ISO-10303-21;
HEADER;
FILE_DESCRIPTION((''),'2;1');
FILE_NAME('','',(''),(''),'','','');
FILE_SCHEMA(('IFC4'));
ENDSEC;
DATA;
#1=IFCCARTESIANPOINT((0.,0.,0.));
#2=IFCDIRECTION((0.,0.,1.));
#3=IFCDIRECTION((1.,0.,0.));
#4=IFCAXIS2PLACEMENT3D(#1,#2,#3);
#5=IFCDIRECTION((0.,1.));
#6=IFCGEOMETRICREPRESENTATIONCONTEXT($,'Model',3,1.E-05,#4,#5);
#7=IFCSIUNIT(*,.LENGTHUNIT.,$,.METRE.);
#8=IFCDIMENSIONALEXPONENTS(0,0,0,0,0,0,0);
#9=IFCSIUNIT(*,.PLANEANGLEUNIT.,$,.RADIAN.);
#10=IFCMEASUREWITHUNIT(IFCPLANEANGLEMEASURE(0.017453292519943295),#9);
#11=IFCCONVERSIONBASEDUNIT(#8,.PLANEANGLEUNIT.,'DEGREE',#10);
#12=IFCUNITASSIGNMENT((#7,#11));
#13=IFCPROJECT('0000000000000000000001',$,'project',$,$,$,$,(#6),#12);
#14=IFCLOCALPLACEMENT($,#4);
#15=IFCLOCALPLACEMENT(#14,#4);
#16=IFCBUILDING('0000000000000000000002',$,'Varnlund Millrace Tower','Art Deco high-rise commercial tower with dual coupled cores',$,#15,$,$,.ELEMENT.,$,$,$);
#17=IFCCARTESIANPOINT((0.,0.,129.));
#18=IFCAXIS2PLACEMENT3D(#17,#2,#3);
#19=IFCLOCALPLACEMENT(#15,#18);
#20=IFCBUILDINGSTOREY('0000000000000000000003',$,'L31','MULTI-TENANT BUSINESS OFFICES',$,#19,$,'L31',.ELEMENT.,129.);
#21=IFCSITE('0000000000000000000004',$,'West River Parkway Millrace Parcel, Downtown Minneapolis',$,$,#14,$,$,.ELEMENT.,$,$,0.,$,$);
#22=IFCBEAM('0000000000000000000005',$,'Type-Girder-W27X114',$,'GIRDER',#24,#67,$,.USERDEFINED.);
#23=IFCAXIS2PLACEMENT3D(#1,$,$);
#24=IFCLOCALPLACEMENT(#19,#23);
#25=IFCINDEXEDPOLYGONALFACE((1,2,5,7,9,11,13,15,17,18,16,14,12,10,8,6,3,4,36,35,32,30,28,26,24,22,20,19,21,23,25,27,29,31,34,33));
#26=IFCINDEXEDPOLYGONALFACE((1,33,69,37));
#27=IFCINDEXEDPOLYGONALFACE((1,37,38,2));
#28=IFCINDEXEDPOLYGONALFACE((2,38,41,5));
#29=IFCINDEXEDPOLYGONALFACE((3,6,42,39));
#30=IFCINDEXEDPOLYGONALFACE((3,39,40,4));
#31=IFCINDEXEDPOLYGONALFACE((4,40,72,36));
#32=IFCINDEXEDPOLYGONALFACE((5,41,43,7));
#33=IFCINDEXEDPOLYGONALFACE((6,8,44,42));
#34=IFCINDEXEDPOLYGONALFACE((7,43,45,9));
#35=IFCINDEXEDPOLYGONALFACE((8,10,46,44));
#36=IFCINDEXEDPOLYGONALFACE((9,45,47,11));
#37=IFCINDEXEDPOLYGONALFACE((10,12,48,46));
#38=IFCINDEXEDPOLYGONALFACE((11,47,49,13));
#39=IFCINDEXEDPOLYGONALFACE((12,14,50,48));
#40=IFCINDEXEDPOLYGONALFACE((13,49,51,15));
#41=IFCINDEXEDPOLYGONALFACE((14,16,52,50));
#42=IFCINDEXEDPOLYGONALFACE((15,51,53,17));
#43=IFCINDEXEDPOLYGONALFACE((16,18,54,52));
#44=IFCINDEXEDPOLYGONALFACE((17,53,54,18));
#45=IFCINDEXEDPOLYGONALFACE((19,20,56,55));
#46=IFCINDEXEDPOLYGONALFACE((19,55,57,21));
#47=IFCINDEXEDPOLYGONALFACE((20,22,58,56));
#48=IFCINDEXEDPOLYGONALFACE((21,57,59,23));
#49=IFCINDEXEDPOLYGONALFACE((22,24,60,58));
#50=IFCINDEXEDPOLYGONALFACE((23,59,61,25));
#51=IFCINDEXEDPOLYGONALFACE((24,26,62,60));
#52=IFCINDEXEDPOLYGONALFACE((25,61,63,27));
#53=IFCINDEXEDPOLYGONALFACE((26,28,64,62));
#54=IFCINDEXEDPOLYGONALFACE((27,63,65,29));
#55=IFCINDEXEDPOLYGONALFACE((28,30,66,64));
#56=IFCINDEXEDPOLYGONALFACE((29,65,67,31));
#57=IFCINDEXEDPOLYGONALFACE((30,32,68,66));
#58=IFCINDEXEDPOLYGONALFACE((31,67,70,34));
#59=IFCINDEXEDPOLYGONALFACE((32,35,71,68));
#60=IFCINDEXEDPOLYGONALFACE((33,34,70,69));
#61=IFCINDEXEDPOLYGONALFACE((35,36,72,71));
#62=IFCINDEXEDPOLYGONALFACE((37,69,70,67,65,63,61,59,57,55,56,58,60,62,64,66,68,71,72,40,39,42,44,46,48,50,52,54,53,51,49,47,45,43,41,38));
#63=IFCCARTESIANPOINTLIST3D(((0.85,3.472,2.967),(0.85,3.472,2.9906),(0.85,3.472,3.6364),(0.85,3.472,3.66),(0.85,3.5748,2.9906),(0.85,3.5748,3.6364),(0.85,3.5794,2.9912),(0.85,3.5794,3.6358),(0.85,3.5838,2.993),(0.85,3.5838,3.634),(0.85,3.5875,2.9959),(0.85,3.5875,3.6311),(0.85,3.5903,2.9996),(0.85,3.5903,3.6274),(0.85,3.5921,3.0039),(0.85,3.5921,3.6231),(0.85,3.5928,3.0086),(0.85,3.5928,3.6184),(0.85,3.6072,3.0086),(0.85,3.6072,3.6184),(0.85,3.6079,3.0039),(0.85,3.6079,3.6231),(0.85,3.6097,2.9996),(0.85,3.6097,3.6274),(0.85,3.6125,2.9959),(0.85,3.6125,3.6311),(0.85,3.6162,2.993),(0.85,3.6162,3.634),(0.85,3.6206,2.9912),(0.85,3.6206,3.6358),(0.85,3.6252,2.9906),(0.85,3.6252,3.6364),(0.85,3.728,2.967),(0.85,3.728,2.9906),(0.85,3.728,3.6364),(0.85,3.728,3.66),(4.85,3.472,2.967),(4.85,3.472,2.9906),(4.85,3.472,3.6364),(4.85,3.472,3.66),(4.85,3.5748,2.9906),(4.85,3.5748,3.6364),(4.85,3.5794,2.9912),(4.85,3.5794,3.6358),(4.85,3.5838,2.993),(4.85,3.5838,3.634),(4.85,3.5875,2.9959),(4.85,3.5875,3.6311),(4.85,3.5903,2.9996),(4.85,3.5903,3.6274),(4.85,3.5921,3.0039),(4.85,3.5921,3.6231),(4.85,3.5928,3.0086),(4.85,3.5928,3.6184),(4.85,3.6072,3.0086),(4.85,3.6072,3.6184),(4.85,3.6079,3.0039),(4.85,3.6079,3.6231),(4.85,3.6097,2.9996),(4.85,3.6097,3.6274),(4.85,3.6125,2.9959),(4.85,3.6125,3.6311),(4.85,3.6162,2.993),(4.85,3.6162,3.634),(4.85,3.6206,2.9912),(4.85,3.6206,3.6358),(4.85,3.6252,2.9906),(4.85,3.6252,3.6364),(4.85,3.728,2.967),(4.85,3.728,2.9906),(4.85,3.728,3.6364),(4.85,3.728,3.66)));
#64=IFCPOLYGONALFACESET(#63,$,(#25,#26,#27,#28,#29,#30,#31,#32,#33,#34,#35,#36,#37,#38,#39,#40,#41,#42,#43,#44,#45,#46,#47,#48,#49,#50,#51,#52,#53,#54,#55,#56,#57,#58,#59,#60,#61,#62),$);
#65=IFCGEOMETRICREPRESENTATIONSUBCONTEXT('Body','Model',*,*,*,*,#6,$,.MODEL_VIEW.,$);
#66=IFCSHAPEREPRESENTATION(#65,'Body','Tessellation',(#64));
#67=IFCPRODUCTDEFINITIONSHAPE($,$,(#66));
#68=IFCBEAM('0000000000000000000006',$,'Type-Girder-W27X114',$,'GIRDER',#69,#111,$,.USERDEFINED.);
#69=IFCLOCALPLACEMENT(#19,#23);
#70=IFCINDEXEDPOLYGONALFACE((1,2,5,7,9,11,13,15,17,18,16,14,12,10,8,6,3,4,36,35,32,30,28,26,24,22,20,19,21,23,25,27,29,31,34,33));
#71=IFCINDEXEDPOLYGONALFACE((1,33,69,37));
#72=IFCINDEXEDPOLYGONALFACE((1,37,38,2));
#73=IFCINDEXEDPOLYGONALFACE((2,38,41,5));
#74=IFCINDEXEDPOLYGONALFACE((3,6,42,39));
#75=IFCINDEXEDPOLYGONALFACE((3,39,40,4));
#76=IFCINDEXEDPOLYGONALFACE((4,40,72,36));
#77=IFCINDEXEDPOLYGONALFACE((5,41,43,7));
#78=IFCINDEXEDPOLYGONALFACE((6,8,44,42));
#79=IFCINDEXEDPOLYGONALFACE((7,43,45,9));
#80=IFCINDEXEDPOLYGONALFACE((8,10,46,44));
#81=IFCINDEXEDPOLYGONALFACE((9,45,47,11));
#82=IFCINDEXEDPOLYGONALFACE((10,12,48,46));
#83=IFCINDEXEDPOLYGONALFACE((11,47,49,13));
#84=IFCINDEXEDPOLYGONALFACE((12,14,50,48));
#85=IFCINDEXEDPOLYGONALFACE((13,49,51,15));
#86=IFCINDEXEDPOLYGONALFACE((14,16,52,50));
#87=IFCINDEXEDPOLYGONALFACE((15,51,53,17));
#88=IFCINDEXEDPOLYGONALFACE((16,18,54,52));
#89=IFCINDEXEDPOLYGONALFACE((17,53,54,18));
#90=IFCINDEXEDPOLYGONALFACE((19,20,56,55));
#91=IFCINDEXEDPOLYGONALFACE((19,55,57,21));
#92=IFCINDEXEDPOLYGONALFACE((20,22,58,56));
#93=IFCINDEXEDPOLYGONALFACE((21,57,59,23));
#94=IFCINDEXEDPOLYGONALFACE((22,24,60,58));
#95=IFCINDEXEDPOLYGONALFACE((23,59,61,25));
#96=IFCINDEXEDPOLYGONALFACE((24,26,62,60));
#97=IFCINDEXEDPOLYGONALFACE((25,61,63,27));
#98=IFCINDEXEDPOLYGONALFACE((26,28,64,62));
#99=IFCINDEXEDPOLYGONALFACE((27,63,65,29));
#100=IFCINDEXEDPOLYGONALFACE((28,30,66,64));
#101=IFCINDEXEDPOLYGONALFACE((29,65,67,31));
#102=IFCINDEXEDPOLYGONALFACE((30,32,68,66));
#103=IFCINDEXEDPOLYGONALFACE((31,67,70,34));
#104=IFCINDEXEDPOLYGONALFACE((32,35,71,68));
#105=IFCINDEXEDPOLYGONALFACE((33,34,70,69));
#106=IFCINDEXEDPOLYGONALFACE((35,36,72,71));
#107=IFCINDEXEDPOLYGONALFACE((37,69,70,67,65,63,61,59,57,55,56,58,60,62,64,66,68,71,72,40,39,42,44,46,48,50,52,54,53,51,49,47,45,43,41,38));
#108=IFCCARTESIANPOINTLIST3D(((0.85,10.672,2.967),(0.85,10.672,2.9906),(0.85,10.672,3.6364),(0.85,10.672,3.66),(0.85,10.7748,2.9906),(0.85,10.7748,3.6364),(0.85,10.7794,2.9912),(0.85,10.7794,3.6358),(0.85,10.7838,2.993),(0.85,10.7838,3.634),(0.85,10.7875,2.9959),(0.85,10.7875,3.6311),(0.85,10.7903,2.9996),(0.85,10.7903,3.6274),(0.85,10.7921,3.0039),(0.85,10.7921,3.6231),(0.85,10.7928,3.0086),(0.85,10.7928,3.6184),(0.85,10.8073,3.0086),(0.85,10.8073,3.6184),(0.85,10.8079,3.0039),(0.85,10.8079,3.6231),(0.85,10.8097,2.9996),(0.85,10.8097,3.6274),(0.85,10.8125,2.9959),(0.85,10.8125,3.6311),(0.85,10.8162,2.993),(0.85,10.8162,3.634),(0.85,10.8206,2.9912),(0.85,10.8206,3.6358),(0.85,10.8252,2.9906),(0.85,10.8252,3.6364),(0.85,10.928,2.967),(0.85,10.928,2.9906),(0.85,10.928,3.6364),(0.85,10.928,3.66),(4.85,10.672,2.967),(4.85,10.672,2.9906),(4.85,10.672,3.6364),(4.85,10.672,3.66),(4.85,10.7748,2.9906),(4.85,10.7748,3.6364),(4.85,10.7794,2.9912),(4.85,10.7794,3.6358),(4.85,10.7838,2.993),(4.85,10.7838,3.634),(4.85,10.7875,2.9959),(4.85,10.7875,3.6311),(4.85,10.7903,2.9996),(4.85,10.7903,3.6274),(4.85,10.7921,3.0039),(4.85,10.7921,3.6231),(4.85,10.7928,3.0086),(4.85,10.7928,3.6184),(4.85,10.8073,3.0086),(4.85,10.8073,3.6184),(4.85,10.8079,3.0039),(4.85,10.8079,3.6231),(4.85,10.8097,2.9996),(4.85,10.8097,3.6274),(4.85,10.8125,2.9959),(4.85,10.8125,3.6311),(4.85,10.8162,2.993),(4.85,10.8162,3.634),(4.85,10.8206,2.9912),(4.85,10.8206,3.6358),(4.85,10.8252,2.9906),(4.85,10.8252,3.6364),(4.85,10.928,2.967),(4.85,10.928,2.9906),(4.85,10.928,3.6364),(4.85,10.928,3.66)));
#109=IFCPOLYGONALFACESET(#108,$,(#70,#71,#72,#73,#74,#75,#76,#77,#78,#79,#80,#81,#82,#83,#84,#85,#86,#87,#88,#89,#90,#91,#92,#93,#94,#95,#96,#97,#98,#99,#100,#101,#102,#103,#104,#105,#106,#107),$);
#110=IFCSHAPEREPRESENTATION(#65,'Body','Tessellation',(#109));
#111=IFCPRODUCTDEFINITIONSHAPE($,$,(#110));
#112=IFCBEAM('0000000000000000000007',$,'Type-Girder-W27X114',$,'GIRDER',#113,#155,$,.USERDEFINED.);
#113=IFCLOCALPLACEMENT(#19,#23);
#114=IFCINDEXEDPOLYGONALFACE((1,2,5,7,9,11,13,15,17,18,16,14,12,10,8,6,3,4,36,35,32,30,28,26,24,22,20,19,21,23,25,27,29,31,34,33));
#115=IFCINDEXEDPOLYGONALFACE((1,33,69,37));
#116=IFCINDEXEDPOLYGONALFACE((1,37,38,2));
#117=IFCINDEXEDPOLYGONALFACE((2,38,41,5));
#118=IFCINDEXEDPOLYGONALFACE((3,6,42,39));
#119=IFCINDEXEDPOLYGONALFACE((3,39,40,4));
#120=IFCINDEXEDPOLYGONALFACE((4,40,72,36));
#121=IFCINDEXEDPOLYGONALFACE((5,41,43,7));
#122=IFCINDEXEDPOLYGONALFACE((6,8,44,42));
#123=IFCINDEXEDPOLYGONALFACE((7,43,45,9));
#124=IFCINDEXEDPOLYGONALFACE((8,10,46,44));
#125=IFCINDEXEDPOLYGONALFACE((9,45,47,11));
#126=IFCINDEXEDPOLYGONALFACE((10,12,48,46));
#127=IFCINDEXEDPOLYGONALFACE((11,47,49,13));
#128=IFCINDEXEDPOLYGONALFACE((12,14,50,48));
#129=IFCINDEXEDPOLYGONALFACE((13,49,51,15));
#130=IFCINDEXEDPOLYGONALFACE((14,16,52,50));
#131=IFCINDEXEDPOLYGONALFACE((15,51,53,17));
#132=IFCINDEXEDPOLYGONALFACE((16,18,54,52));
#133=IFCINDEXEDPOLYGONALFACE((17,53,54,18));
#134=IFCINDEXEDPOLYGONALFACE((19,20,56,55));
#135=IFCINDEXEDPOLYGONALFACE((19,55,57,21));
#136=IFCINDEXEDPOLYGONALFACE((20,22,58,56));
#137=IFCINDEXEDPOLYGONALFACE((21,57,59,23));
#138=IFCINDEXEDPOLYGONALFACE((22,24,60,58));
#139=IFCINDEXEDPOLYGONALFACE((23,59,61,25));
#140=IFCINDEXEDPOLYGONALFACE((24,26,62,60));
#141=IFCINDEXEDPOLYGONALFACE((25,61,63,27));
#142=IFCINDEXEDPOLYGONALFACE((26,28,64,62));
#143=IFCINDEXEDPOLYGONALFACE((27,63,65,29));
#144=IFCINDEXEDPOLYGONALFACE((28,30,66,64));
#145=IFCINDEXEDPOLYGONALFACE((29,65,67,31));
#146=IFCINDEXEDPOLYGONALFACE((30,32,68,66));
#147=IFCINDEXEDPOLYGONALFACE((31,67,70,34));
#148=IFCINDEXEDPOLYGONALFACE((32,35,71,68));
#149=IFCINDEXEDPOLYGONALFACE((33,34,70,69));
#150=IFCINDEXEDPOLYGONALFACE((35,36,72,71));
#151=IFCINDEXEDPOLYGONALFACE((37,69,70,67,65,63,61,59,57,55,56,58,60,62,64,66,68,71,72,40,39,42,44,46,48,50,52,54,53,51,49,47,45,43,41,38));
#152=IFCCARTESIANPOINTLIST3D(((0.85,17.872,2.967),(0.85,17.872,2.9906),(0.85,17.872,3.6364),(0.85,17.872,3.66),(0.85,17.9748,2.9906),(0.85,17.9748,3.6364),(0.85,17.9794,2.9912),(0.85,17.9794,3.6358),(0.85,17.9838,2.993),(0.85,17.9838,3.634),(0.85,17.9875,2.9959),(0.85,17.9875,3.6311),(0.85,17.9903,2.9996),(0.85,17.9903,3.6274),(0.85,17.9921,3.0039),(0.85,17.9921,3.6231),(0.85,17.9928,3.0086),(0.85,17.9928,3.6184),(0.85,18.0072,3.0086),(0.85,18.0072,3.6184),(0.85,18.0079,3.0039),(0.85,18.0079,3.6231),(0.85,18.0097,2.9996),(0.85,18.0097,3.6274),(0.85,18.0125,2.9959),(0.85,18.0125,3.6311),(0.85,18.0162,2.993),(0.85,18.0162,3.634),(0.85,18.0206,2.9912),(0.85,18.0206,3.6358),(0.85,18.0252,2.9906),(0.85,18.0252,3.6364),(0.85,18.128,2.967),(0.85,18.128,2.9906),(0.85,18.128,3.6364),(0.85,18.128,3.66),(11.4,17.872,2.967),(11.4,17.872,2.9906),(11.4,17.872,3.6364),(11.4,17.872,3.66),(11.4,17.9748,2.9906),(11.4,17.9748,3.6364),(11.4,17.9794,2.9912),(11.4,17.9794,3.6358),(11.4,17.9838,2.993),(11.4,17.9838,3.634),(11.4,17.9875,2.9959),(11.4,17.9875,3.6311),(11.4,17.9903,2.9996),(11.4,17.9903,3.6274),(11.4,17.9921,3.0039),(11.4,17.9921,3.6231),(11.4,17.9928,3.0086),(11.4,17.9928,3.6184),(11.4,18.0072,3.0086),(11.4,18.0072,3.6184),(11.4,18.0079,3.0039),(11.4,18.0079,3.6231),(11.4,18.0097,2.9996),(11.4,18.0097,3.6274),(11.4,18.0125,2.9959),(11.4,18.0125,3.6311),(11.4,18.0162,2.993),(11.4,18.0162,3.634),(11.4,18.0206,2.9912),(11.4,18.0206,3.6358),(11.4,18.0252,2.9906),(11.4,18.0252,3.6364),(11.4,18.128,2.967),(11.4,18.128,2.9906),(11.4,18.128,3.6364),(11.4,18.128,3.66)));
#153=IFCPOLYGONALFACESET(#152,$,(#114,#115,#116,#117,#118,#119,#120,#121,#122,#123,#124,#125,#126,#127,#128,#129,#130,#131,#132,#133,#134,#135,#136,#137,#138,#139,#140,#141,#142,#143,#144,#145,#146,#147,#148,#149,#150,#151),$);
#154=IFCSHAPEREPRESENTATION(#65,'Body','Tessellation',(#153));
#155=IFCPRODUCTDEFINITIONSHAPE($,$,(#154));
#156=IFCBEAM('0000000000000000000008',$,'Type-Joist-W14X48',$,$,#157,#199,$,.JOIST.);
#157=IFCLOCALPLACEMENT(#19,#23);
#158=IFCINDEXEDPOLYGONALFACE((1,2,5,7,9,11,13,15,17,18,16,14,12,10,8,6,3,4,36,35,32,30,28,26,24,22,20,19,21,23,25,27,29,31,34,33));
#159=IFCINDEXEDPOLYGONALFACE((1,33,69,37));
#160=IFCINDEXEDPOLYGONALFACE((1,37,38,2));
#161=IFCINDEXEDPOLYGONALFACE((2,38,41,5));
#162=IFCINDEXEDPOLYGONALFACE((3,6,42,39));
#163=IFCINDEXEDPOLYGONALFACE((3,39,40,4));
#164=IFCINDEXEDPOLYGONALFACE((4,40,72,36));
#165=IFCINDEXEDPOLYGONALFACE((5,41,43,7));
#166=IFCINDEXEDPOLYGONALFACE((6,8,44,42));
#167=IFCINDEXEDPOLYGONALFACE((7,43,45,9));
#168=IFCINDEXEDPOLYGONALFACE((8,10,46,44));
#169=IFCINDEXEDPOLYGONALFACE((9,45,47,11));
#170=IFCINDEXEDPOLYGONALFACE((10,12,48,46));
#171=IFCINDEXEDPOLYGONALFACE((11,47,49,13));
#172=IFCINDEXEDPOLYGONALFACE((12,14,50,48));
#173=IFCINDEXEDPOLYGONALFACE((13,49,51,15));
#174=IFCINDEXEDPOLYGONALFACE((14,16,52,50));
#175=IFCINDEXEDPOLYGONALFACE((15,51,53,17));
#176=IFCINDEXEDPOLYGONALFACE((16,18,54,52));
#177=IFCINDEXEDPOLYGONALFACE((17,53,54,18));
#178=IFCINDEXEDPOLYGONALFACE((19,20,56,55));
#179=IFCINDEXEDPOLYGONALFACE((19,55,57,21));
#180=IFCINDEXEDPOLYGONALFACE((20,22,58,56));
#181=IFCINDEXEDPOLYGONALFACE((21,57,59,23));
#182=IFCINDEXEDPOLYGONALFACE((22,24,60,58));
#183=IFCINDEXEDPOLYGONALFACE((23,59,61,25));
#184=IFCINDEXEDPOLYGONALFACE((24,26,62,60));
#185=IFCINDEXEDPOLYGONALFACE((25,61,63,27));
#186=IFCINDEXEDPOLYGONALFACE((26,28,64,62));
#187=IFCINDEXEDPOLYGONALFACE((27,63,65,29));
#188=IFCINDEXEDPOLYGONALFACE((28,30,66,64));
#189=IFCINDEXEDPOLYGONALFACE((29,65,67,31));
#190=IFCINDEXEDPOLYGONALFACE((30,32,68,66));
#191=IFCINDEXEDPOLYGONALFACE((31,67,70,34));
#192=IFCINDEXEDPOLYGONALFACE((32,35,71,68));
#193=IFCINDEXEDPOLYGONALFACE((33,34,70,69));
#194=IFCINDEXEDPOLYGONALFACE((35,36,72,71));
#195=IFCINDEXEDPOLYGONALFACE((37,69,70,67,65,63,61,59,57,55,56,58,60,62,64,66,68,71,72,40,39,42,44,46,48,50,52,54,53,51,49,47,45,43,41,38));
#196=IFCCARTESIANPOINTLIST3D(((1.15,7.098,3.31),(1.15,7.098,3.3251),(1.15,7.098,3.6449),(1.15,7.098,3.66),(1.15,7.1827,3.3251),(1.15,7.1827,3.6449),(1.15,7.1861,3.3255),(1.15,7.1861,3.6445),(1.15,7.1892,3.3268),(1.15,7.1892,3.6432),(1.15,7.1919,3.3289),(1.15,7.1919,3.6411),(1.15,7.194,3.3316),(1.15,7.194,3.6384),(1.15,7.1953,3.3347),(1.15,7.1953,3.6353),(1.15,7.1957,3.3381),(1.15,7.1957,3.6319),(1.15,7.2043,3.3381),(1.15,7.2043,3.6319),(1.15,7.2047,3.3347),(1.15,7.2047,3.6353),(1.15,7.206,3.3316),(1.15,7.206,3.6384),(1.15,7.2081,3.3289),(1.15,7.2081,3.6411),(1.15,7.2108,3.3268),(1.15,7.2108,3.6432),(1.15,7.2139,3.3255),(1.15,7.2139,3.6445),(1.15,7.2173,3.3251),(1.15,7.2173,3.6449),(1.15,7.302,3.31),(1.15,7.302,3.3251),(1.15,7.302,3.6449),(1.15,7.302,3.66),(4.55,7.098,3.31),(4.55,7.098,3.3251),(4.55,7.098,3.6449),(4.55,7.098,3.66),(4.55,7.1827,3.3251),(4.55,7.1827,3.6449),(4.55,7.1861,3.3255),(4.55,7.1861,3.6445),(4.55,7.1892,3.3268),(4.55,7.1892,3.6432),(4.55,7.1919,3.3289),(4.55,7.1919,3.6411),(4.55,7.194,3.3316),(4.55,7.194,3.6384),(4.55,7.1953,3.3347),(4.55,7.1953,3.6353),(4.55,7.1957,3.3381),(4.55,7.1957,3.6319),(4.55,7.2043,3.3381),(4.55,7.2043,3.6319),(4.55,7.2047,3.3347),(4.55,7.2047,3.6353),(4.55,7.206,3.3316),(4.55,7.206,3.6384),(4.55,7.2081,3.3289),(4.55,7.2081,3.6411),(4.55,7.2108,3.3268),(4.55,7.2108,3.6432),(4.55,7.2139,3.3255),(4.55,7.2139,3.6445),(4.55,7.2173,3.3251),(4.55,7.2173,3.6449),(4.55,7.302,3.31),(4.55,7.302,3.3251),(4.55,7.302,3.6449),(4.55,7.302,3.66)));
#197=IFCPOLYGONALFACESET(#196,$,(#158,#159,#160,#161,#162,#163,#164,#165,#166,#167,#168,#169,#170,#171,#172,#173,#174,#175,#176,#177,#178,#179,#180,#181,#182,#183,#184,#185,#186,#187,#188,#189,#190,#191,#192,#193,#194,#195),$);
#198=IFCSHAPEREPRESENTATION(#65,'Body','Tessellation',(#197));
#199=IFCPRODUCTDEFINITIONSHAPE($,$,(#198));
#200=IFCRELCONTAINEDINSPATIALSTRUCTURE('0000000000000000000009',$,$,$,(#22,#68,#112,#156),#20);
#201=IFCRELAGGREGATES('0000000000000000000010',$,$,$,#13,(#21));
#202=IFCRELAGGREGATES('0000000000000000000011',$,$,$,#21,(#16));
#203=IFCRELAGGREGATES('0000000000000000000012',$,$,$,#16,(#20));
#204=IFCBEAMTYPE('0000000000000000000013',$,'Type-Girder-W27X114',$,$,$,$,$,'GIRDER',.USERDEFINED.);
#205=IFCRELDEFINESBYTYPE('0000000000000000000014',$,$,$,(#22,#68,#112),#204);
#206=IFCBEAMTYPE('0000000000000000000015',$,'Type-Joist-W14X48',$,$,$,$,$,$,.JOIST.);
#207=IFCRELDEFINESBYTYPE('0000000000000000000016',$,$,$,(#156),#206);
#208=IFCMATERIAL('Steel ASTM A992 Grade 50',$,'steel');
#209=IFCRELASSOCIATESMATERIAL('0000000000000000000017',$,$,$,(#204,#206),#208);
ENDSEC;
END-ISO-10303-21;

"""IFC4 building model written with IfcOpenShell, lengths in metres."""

from ifc_helpers import new_model, entity, si_unit, converted_unit, direction, frame, origin_with_axes, origin_2d_with_axis, place, context, subcontext, project, spatial, i_section, extrude, material, material_profile, profile_set, type_object, element, save


model = new_model("IFC4")

# Units and contexts
model_context = context("Model", 3, precision=1e-05, world=origin_with_axes(), true_north=direction((0.0, 1.0)))
body_context = subcontext(model_context, "Body", "Model", "MODEL_VIEW")
ifc_project = project(units=[si_unit("LENGTHUNIT", "METRE"), converted_unit("PLANEANGLEUNIT", "DEGREE", entity("IfcPlaneAngleMeasure", 0.017453292519943295), si_unit("PLANEANGLEUNIT", "RADIAN"), dimensions=[0, 0, 0, 0, 0, 0, 0])], contexts=[model_context])

# Site, building, storey
site_placement = place(None, origin_with_axes())
site = spatial("IfcSite", under=ifc_project, at=site_placement, Name="West River Parkway Millrace Parcel, Downtown Minneapolis", CompositionType="ELEMENT", RefElevation=0.0)
building_placement = place(site_placement, origin_with_axes())
building = spatial("IfcBuilding", under=site, at=building_placement, Name="Varnlund Millrace Tower", Description="Art Deco high-rise commercial tower with dual coupled cores", CompositionType="ELEMENT")
storey_placement = place(building_placement, frame((0.0, 0.0, 129.0), z_axis=(0.0, 0.0, 1.0), x_axis=(1.0, 0.0, 0.0)))
storey = spatial("IfcBuildingStorey", under=building, at=storey_placement, Name="L31", Description="MULTI-TENANT BUSINESS OFFICES", LongName="L31", CompositionType="ELEMENT", Elevation=129.0)

# Beams
ifc_material_1 = material(Name="Steel ASTM A992 Grade 50", Category="steel")
ifc_material_profile_1 = material_profile(ifc_material_1, i_section(OverallWidth=0.256, OverallDepth=0.693, WebThickness=0.0145, FlangeThickness=0.0236, FilletRadius=0.018, at=origin_2d_with_axis()), Name="Steel ASTM A992 Grade 50")
ifc_profile_set_1 = profile_set([ifc_material_profile_1], Name="Steel ASTM A992 Grade 50")
beam_type_1 = type_object("IfcBeamType", Name="Type-Girder-W27X114", ElementType="GIRDER", PredefinedType="USERDEFINED", material=ifc_profile_set_1)
for number, where, z_axis, x_axis, name in (
    (1, (0.85, 3.6, 3.3135), (1.0, 0.0, 0.0), (0.0, 1.0, 0.0), "Type-Girder-W27X114"),
    (2, (0.85, 10.8, 3.3135), (1.0, 0.0, 0.0), (0.0, 1.0, 0.0), "Type-Girder-W27X114"),
):
    element("IfcBeam", number, at=place(storey_placement, frame(where, z_axis=z_axis, x_axis=x_axis)), inside=storey, type_object=beam_type_1, Name=name, ObjectType="GIRDER", PredefinedType="USERDEFINED", context=body_context, shape_type="SweptSolid", body=[
        extrude(i_section(OverallWidth=0.256, OverallDepth=0.693, WebThickness=0.0145, FlangeThickness=0.0236, FilletRadius=0.018, at=origin_2d_with_axis()), origin_with_axes(), (0.0, 0.0, 1.0), 4.0),
    ])
beam_1_placement = place(storey_placement, frame((0.85, 18.0, 3.3135), z_axis=(1.0, 0.0, 0.0), x_axis=(0.0, 1.0, 0.0)))
element("IfcBeam", 3, at=beam_1_placement, inside=storey, type_object=beam_type_1, Name="Type-Girder-W27X114", ObjectType="GIRDER", PredefinedType="USERDEFINED", context=body_context, shape_type="SweptSolid", body=[
    extrude(i_section(OverallWidth=0.256, OverallDepth=0.693, WebThickness=0.0145, FlangeThickness=0.0236, FilletRadius=0.018, at=origin_2d_with_axis()), origin_with_axes(), (0.0, 0.0, 1.0), 10.55),
])
ifc_material_profile_2 = material_profile(ifc_material_1, i_section(OverallWidth=0.204, OverallDepth=0.35, WebThickness=0.0086, FlangeThickness=0.0151, FilletRadius=0.013, at=origin_2d_with_axis()), Name="Steel ASTM A992 Grade 50")
ifc_profile_set_2 = profile_set([ifc_material_profile_2], Name="Steel ASTM A992 Grade 50")
beam_type_2 = type_object("IfcBeamType", Name="Type-Joist-W14X48", PredefinedType="JOIST", material=ifc_profile_set_2)
for number, where, z_axis, x_axis, name in (
    (4, (1.15, 7.2, 3.485), (1.0, 0.0, 0.0), (0.0, 1.0, 0.0), "Type-Joist-W14X48"),
):
    element("IfcBeam", number, at=place(storey_placement, frame(where, z_axis=z_axis, x_axis=x_axis)), inside=storey, type_object=beam_type_2, Name=name, PredefinedType="JOIST", context=body_context, shape_type="SweptSolid", body=[
        extrude(i_section(OverallWidth=0.204, OverallDepth=0.35, WebThickness=0.0086, FlangeThickness=0.0151, FilletRadius=0.013, at=origin_2d_with_axis()), origin_with_axes(), (0.0, 0.0, 1.0), 3.4),
    ])

save(model, "model.ifc")
